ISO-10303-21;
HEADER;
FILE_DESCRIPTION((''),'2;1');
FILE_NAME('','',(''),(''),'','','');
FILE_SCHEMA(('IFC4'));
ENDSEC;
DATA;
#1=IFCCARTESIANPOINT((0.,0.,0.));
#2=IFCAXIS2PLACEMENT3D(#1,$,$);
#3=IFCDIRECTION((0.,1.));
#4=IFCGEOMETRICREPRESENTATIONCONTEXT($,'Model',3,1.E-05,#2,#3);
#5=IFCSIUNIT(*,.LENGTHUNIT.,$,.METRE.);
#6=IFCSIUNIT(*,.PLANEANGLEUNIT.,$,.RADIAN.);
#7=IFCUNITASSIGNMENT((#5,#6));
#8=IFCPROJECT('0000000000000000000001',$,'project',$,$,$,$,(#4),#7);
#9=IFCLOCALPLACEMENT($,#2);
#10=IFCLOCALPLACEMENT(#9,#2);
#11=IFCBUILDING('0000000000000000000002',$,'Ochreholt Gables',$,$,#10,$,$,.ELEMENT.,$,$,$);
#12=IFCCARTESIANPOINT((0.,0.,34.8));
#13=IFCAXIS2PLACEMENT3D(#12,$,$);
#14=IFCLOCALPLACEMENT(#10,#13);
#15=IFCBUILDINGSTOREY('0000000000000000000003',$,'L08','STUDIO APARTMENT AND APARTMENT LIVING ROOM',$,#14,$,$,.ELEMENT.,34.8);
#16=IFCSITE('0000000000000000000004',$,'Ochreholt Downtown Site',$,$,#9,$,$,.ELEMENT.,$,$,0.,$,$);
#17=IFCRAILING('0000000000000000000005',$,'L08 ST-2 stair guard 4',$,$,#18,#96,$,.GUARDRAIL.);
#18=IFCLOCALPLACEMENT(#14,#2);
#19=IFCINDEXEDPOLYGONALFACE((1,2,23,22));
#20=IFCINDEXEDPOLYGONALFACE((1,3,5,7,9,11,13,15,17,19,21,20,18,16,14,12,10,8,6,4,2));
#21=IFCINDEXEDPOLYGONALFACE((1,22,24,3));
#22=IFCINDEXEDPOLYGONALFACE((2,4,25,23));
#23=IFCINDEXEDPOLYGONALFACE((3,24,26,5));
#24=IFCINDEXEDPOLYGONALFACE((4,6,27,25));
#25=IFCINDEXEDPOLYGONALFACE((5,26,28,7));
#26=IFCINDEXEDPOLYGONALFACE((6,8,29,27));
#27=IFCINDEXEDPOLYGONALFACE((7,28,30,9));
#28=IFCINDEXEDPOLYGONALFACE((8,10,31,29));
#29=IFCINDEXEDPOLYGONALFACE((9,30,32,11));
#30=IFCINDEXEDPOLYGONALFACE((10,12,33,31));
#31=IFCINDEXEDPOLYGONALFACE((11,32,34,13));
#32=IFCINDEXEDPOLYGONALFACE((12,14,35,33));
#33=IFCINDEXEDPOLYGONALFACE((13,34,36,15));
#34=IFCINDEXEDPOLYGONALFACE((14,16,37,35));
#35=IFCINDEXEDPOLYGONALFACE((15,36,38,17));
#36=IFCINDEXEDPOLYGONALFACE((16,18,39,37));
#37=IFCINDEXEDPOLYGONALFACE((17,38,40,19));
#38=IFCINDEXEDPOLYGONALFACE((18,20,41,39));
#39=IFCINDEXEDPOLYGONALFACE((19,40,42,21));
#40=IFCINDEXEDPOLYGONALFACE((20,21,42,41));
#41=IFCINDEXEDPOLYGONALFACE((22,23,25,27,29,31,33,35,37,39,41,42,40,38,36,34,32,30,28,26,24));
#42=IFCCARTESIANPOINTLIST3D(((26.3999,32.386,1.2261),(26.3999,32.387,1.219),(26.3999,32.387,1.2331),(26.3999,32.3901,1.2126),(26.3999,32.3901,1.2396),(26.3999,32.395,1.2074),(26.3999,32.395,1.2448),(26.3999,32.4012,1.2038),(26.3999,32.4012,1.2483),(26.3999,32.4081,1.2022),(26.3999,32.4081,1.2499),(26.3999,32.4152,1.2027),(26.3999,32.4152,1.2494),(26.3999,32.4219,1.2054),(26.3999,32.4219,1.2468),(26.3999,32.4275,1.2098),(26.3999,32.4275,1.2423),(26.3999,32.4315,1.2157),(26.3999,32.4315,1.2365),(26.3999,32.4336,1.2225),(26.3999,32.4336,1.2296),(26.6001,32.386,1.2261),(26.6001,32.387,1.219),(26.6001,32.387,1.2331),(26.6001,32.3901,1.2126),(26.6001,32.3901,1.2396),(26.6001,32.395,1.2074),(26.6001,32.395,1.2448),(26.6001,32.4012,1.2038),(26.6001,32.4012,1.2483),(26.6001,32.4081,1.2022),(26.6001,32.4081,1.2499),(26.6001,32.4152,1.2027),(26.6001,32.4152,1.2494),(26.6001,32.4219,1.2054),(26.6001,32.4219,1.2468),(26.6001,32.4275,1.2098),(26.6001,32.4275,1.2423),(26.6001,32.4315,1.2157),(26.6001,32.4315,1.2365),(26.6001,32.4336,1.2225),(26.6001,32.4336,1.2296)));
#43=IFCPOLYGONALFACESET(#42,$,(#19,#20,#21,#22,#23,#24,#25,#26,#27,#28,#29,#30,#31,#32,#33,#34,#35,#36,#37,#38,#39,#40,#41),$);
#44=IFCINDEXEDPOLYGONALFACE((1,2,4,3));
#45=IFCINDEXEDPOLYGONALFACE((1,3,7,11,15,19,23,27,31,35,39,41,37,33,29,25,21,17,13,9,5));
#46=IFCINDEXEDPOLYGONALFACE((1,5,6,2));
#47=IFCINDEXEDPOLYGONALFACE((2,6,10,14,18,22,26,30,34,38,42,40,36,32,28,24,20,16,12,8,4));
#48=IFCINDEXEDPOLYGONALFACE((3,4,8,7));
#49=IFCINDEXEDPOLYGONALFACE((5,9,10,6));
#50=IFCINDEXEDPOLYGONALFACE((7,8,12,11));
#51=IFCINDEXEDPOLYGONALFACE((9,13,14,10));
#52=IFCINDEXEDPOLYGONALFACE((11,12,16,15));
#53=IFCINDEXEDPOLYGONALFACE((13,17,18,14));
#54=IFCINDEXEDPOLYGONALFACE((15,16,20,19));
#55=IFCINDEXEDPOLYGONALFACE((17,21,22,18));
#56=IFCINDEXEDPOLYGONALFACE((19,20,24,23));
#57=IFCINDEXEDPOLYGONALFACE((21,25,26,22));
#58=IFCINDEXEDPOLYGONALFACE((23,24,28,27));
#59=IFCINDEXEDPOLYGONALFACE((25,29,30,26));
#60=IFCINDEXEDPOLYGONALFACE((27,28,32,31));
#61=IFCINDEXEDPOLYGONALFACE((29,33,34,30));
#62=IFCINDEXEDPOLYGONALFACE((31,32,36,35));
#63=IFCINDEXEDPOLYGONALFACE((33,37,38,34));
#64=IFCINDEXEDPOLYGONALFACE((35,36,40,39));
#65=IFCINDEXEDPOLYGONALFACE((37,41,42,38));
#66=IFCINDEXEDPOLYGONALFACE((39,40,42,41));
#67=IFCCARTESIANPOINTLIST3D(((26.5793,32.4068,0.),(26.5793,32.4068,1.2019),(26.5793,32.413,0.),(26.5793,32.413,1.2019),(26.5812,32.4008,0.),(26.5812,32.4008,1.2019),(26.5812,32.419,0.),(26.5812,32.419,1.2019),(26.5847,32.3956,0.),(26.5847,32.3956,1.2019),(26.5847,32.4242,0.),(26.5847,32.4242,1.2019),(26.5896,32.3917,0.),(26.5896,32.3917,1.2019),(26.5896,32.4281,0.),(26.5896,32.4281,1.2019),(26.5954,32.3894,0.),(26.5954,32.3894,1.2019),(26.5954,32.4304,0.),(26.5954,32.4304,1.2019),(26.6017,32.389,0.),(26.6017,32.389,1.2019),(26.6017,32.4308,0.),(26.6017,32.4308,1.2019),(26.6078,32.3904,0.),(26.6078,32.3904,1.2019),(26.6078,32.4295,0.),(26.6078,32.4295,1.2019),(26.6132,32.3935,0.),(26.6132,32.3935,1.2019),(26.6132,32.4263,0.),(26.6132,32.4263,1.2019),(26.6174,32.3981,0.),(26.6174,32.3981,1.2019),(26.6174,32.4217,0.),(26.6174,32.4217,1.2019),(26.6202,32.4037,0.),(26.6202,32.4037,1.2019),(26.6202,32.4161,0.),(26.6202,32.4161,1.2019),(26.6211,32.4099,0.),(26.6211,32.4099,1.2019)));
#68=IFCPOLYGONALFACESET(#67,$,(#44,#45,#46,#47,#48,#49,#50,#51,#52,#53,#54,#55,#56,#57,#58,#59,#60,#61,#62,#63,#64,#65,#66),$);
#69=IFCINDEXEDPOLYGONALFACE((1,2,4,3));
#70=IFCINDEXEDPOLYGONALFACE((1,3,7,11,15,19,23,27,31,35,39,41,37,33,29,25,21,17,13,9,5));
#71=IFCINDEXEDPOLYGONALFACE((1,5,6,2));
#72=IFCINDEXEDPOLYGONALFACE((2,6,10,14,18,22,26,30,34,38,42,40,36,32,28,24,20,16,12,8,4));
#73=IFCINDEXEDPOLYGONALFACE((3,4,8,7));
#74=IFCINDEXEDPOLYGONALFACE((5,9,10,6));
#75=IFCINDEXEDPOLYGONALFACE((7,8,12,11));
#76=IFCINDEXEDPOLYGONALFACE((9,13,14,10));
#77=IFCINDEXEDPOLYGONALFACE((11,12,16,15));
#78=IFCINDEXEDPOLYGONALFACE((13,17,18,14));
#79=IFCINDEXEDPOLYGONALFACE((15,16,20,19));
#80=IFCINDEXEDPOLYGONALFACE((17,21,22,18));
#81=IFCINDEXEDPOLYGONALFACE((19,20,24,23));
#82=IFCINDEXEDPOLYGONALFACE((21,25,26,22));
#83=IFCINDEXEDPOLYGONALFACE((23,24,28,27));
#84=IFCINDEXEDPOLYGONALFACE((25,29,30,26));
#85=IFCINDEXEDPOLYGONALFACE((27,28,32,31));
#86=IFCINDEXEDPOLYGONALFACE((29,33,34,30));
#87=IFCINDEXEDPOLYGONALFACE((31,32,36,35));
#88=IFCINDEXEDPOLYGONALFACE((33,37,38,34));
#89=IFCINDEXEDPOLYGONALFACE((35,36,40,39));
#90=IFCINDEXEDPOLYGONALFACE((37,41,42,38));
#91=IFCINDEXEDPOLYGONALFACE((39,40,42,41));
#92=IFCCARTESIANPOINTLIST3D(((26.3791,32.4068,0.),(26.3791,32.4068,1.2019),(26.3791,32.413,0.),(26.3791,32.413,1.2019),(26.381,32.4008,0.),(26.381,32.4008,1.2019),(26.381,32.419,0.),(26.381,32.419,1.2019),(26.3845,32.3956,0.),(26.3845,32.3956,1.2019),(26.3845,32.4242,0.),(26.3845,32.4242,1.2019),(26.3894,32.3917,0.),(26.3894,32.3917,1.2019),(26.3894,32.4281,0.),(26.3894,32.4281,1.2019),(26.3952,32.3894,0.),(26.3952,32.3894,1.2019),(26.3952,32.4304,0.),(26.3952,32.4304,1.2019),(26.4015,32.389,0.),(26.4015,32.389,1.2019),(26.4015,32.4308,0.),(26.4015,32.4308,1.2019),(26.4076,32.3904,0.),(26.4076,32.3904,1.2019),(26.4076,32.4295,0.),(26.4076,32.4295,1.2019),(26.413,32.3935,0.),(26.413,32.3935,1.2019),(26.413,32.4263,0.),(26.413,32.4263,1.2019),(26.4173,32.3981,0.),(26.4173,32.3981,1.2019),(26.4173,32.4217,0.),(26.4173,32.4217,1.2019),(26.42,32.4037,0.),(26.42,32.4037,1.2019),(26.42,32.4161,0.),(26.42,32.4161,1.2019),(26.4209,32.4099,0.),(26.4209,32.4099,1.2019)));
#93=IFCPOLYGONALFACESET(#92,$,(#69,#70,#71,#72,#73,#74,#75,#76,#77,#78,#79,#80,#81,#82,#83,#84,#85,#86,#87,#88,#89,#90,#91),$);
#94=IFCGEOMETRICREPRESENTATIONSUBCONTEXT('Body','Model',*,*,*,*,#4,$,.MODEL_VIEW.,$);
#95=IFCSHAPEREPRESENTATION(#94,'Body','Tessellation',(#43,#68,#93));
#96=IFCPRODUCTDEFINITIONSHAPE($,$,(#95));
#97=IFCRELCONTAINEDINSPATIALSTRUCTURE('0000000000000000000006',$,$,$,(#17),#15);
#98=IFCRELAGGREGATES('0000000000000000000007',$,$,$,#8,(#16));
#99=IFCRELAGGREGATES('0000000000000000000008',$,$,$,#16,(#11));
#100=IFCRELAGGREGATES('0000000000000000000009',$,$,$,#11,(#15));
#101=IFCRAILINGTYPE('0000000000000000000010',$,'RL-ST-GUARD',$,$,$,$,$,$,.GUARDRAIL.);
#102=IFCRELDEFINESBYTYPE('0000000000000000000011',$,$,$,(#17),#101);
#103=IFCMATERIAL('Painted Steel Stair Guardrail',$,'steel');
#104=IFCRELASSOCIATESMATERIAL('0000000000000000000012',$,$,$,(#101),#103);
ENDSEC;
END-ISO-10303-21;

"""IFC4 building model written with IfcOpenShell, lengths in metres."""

from ifc_helpers import new_model, si_unit, direction, frame, origin, origin_2d, place, context, subcontext, project, spatial, circle, extrude, material, type_object, element, save


model = new_model("IFC4")

# Units and contexts
model_context = context("Model", 3, precision=1e-05, world=origin(), true_north=direction((0.0, 1.0)))
body_context = subcontext(model_context, "Body", "Model", "MODEL_VIEW")
ifc_project = project(units=[si_unit("LENGTHUNIT", "METRE"), si_unit("PLANEANGLEUNIT", "RADIAN")], contexts=[model_context])

# Site, building, storey
site_placement = place(None, origin())
site = spatial("IfcSite", under=ifc_project, at=site_placement, Name="Ochreholt Downtown Site", CompositionType="ELEMENT", RefElevation=0.0)
building_placement = place(site_placement, origin())
building = spatial("IfcBuilding", under=site, at=building_placement, Name="Ochreholt Gables", CompositionType="ELEMENT")
storey_placement = place(building_placement, frame((0.0, 0.0, 34.8)))
storey = spatial("IfcBuildingStorey", under=building, at=storey_placement, Name="L08", Description="STUDIO APARTMENT AND APARTMENT LIVING ROOM", CompositionType="ELEMENT", Elevation=34.8)

# Railing
ifc_material_1 = material(Name="Painted Steel Stair Guardrail", Category="steel")
railing_type_1 = type_object("IfcRailingType", Name="RL-ST-GUARD", PredefinedType="GUARDRAIL", material=ifc_material_1)
railing_1_placement = place(storey_placement, frame((26.6001, 32.4099, 0.0)))
element("IfcRailing", 1, at=railing_1_placement, inside=storey, type_object=railing_type_1, Name="L08 ST-2 stair guard 4", PredefinedType="GUARDRAIL", context=body_context, shape_type="SweptSolid", body=[
    extrude(circle(Radius=0.0239, at=origin_2d()), frame((0.0, 0.0, 1.2261), z_axis=(-1.0, 0.0, 0.0), x_axis=(0.0, -1.0, 0.0)), (0.0, 0.0, 1.0), 0.2002),
    extrude(circle(Radius=0.021, at=origin_2d()), origin(), (0.0, 0.0, 1.0), 1.2019),
    extrude(circle(Radius=0.021, at=origin_2d()), frame((-0.2002, 0.0, 0.0)), (0.0, 0.0, 1.0), 1.2019),
])

save(model, "model.ifc")
